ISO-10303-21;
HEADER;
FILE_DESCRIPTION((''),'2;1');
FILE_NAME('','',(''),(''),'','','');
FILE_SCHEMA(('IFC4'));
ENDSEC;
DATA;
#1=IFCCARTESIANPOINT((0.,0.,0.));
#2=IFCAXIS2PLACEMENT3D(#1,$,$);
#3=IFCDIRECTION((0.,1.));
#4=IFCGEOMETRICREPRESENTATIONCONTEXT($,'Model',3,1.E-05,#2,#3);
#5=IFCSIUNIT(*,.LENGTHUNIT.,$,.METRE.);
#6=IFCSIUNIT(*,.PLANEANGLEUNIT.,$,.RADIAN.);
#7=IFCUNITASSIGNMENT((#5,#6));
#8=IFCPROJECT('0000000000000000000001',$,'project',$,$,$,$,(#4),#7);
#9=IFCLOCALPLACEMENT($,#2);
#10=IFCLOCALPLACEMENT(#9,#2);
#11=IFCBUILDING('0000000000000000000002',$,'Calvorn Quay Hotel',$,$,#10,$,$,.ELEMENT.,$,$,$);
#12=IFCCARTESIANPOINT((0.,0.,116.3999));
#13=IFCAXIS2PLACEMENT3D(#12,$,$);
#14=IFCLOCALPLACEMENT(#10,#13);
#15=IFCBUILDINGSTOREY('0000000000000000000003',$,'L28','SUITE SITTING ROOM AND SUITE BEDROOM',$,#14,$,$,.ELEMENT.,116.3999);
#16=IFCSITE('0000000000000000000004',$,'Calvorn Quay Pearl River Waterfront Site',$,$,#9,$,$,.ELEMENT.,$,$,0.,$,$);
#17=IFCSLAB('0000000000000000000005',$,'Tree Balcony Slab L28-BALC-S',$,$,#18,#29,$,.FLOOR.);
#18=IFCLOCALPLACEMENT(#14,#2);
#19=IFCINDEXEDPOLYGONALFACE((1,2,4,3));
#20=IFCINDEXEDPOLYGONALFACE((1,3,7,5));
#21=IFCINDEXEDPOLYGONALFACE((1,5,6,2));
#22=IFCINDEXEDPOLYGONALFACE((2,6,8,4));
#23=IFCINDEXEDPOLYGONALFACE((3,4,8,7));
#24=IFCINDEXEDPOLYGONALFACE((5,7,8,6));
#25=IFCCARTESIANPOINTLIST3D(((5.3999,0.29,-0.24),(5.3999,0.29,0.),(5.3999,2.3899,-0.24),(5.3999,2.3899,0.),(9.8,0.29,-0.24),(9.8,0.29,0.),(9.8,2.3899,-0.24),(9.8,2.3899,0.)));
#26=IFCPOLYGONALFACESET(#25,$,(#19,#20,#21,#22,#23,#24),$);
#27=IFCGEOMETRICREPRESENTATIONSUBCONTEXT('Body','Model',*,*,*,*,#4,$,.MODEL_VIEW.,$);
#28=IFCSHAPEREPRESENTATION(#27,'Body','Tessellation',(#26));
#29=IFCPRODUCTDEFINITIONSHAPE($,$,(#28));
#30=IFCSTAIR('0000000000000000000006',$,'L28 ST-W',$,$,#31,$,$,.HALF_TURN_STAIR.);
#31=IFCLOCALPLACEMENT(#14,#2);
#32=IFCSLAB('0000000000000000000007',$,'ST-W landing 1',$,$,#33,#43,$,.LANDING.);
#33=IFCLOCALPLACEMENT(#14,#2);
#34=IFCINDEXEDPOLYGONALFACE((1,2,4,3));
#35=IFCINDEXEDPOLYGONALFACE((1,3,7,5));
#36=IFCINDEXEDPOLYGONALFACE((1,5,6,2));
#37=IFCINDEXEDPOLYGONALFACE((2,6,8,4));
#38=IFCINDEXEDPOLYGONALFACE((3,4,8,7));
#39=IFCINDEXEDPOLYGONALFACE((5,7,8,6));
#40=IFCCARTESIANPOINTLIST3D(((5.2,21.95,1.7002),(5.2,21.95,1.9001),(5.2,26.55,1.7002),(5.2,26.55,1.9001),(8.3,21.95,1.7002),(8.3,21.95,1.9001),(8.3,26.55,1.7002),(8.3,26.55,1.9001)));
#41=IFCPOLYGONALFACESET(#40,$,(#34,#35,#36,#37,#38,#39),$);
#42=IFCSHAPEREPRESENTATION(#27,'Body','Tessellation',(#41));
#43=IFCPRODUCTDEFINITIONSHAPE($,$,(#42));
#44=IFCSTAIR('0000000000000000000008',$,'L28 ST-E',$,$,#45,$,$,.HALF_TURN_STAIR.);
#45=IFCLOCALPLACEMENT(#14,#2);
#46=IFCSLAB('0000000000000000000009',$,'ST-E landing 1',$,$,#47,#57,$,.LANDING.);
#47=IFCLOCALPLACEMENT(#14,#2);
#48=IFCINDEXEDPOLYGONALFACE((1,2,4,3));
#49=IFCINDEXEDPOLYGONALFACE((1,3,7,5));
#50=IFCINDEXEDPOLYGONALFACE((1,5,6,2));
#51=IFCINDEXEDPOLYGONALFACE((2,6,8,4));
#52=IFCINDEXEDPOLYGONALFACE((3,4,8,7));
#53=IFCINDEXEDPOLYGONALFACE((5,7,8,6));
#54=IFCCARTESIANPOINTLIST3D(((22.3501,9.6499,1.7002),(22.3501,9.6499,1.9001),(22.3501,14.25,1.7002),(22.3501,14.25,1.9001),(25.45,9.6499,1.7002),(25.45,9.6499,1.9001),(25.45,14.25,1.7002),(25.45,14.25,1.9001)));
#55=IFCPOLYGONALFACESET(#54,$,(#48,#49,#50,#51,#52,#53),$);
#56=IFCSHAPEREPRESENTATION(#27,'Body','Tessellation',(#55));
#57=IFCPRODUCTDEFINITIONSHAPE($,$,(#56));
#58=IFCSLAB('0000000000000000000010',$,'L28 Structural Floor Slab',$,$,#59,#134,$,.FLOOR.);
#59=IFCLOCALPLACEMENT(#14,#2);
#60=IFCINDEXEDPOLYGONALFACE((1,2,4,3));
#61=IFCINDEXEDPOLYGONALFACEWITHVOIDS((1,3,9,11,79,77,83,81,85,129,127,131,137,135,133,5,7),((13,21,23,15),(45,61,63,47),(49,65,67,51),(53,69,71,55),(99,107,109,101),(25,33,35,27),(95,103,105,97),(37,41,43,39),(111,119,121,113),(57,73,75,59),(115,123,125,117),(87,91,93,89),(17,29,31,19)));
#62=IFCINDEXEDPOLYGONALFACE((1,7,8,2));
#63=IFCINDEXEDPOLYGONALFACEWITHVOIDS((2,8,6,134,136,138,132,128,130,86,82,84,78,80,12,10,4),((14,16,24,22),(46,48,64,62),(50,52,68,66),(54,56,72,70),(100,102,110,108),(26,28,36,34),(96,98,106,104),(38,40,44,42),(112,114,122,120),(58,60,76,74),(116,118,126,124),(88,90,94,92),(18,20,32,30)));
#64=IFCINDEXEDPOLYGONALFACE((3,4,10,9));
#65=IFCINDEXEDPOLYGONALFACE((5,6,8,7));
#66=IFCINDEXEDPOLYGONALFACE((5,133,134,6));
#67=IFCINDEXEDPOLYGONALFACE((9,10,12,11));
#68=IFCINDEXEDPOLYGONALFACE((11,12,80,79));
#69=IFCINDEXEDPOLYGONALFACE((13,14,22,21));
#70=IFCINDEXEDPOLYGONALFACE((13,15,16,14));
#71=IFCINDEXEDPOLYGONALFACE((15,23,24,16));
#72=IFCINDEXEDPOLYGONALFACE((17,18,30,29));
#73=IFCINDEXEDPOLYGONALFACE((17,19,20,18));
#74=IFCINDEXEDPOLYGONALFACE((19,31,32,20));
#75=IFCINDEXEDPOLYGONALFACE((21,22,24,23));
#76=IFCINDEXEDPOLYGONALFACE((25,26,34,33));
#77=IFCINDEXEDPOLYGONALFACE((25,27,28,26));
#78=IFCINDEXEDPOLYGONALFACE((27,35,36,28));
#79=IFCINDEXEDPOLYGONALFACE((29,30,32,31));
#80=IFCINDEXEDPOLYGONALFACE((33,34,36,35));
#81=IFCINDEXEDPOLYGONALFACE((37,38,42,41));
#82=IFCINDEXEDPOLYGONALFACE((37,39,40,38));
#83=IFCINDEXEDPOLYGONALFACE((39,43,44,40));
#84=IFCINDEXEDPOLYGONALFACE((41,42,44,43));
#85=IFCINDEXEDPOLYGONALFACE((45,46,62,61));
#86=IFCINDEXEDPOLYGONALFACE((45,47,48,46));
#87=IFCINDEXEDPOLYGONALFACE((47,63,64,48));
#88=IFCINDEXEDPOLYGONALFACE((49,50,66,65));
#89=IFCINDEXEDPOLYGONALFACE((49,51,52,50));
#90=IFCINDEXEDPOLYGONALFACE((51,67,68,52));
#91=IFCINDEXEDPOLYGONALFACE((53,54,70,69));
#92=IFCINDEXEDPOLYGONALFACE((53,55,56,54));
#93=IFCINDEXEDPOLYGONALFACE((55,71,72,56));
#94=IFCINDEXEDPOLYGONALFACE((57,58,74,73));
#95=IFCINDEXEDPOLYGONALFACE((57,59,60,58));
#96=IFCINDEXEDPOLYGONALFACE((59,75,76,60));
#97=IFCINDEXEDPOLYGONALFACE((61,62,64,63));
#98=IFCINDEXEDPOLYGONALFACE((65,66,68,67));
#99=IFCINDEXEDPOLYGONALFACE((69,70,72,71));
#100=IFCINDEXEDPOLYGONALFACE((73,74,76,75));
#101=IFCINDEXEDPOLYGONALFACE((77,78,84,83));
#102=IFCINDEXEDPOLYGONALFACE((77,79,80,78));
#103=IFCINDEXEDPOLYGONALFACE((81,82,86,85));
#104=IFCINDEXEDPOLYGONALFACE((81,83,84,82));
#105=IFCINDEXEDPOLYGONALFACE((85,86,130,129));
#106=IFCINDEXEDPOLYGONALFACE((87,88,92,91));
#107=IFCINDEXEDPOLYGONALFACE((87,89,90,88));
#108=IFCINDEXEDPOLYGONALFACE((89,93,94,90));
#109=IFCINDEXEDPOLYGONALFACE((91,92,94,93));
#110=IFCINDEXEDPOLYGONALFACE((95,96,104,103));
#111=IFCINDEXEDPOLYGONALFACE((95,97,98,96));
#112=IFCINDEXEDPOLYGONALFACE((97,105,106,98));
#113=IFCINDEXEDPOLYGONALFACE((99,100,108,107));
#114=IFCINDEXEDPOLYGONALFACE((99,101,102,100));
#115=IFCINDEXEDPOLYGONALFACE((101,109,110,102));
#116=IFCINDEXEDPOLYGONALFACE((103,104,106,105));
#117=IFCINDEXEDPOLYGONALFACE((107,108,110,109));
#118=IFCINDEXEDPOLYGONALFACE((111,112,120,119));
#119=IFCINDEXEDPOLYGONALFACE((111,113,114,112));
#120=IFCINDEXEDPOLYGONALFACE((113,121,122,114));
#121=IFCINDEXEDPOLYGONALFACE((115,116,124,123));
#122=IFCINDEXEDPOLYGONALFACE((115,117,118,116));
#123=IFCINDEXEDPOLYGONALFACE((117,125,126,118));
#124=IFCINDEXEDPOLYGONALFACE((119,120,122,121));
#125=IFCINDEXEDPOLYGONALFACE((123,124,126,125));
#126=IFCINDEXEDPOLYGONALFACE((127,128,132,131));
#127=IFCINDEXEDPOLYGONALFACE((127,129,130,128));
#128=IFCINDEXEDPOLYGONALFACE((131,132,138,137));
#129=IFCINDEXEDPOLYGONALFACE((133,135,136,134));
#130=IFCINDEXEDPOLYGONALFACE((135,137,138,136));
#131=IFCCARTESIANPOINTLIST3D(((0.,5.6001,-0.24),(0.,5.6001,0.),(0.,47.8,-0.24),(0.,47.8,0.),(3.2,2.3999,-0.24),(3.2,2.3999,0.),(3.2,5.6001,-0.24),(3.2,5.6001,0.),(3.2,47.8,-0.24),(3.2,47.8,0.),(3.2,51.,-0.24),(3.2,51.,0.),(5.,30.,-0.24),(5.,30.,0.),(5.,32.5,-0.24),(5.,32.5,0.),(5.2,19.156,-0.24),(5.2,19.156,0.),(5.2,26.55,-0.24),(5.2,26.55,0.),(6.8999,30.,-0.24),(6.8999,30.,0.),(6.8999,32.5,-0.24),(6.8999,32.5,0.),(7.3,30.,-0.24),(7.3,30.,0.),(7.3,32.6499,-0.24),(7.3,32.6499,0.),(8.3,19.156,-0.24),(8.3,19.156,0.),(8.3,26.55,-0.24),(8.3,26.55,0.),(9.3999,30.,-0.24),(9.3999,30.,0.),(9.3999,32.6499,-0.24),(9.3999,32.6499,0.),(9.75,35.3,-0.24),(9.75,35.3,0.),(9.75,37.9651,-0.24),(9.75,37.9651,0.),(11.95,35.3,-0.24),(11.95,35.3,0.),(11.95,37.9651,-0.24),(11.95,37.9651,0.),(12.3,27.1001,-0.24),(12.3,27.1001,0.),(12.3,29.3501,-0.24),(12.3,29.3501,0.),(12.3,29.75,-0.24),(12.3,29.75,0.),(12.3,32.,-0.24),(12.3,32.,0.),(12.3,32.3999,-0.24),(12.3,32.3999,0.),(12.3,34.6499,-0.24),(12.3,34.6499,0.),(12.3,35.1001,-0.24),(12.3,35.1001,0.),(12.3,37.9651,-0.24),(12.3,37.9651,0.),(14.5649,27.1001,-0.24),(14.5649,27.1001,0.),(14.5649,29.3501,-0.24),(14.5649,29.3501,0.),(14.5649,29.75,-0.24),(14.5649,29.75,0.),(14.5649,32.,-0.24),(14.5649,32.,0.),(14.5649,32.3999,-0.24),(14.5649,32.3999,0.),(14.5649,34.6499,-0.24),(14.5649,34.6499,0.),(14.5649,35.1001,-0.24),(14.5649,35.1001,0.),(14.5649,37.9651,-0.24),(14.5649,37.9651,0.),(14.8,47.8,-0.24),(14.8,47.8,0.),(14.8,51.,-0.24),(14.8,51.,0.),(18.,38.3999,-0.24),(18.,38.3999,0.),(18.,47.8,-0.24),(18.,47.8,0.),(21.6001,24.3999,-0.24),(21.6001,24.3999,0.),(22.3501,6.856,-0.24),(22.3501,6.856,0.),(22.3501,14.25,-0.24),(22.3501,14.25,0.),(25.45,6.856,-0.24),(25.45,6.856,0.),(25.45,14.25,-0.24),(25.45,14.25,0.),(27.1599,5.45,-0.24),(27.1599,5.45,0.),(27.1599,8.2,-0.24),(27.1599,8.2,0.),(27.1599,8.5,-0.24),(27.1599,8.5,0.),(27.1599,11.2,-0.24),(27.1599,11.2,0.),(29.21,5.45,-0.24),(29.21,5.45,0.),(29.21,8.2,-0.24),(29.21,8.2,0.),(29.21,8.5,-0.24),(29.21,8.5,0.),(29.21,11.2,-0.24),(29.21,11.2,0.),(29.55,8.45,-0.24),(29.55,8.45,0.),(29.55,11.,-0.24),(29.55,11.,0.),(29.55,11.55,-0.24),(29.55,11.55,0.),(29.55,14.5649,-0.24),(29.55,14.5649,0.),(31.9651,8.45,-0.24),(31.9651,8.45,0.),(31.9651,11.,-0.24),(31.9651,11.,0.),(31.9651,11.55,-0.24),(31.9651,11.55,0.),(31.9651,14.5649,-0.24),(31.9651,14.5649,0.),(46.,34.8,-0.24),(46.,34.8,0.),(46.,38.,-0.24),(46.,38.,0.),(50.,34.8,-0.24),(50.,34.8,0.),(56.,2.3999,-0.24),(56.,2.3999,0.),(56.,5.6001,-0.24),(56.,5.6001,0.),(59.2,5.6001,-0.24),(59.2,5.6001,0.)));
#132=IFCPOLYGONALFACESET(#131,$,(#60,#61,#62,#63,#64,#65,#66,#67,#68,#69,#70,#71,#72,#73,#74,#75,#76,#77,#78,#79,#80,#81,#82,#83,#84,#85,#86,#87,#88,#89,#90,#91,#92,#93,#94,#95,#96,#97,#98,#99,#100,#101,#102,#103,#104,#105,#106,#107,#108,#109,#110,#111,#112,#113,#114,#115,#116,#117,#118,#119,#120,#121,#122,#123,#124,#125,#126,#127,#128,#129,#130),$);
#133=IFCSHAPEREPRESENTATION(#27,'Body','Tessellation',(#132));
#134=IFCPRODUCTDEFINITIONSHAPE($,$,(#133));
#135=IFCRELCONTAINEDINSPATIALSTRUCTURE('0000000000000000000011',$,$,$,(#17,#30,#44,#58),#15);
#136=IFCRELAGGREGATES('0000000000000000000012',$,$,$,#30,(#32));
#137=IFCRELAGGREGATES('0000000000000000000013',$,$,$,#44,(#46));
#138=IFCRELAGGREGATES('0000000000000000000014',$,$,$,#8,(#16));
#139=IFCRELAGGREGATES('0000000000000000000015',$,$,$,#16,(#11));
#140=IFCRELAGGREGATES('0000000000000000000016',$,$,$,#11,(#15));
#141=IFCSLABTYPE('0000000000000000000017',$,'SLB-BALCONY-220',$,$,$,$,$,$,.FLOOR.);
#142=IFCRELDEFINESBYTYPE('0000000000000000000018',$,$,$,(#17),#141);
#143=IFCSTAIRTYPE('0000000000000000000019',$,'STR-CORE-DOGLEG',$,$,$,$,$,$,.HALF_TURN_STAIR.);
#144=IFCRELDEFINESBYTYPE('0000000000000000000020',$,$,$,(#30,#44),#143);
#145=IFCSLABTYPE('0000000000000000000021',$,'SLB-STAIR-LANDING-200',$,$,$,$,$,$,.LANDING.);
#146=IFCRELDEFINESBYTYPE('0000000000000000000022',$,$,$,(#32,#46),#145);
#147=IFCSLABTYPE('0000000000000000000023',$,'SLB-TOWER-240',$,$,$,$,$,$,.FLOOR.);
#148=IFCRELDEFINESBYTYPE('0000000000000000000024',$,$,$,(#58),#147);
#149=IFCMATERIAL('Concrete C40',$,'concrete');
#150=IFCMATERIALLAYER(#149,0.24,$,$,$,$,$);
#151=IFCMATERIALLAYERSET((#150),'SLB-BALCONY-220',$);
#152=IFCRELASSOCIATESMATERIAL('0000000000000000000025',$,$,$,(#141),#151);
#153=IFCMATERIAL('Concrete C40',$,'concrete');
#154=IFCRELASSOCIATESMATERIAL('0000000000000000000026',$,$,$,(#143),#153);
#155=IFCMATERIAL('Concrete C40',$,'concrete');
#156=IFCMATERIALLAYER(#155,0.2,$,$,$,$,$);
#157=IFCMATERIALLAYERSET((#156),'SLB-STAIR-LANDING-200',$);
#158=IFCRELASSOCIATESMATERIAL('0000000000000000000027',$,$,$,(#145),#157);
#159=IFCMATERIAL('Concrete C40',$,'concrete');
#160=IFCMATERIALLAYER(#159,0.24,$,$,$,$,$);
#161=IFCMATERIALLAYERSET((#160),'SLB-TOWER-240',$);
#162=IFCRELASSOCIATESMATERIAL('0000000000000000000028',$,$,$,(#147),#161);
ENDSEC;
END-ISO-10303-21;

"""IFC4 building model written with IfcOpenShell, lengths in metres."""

from ifc_helpers import new_model, si_unit, direction, frame, origin, place, context, subcontext, project, spatial, polyline, outline, extrude, material, layer, layer_set, type_object, element, aggregate, save


model = new_model("IFC4")

# Units and contexts
model_context = context("Model", 3, precision=1e-05, world=origin(), true_north=direction((0.0, 1.0)))
body_context = subcontext(model_context, "Body", "Model", "MODEL_VIEW")
ifc_project = project(units=[si_unit("LENGTHUNIT", "METRE"), si_unit("PLANEANGLEUNIT", "RADIAN")], contexts=[model_context])

# Site, building, storey
site_placement = place(None, origin())
site = spatial("IfcSite", under=ifc_project, at=site_placement, Name="Calvorn Quay Pearl River Waterfront Site", CompositionType="ELEMENT", RefElevation=0.0)
building_placement = place(site_placement, origin())
building = spatial("IfcBuilding", under=site, at=building_placement, Name="Calvorn Quay Hotel", CompositionType="ELEMENT")
storey_placement = place(building_placement, frame((0.0, 0.0, 116.3999)))
storey = spatial("IfcBuildingStorey", under=building, at=storey_placement, Name="L28", Description="SUITE SITTING ROOM AND SUITE BEDROOM", CompositionType="ELEMENT", Elevation=116.3999)

# Slab
ifc_material_1 = material(Name="Concrete C40", Category="concrete")
ifc_layer_1 = layer(ifc_material_1, 0.24)
ifc_layer_set_1 = layer_set([ifc_layer_1], Name="SLB-BALCONY-220")
slab_type_1 = type_object("IfcSlabType", Name="SLB-BALCONY-220", PredefinedType="FLOOR", material=ifc_layer_set_1)
slab_1_placement = place(storey_placement, frame((0.0, 0.0, -0.24)))
element("IfcSlab", 1, at=slab_1_placement, inside=storey, type_object=slab_type_1, Name="Tree Balcony Slab L28-BALC-S", PredefinedType="FLOOR", context=body_context, shape_type="SweptSolid", body=[
    extrude(outline(polyline([(5.3999, 0.29), (9.8, 0.29), (9.8, 2.3899), (5.3999, 2.3899), (5.3999, 0.29)])), origin(), (0.0, 0.0, 1.0), 0.24),
])

# Stairs, slabs
ifc_material_2 = material(Name="Concrete C40", Category="concrete")
stair_type = type_object("IfcStairType", Name="STR-CORE-DOGLEG", PredefinedType="HALF_TURN_STAIR", material=ifc_material_2)
stair_1_placement = place(storey_placement, origin())
stair_1 = element("IfcStair", 2, at=stair_1_placement, inside=storey, type_object=stair_type, Name="L28 ST-W", PredefinedType="HALF_TURN_STAIR")
ifc_material_3 = material(Name="Concrete C40", Category="concrete")
ifc_layer_2 = layer(ifc_material_3, 0.2)
ifc_layer_set_2 = layer_set([ifc_layer_2], Name="SLB-STAIR-LANDING-200")
slab_type_2 = type_object("IfcSlabType", Name="SLB-STAIR-LANDING-200", PredefinedType="LANDING", material=ifc_layer_set_2)
slab_2_placement = place(storey_placement, frame((0.0, 0.0, 1.7002)))
slab_2 = element("IfcSlab", 3, at=slab_2_placement, type_object=slab_type_2, Name="ST-W landing 1", PredefinedType="LANDING", context=body_context, shape_type="SweptSolid", body=[
    extrude(outline(polyline([(8.3, 21.95), (8.3, 26.55), (5.2, 26.55), (5.2, 21.95), (8.3, 21.95)])), origin(), (0.0, 0.0, 1.0), 0.2),
])
aggregate(stair_1, [slab_2])
stair_2_placement = place(storey_placement, origin())
stair_2 = element("IfcStair", 4, at=stair_2_placement, inside=storey, type_object=stair_type, Name="L28 ST-E", PredefinedType="HALF_TURN_STAIR")
slab_3_placement = place(storey_placement, frame((0.0, 0.0, 1.7002)))
slab_3 = element("IfcSlab", 5, at=slab_3_placement, type_object=slab_type_2, Name="ST-E landing 1", PredefinedType="LANDING", context=body_context, shape_type="SweptSolid", body=[
    extrude(outline(polyline([(25.45, 9.6499), (25.45, 14.25), (22.3501, 14.25), (22.3501, 9.6499), (25.45, 9.6499)])), origin(), (0.0, 0.0, 1.0), 0.2),
])
aggregate(stair_2, [slab_3])

# Slab
ifc_material_4 = material(Name="Concrete C40", Category="concrete")
ifc_layer_3 = layer(ifc_material_4, 0.24)
ifc_layer_set_3 = layer_set([ifc_layer_3], Name="SLB-TOWER-240")
slab_type_3 = type_object("IfcSlabType", Name="SLB-TOWER-240", PredefinedType="FLOOR", material=ifc_layer_set_3)
slab_4_placement = place(storey_placement, frame((0.0, 0.0, -0.24)))
element("IfcSlab", 6, at=slab_4_placement, inside=storey, type_object=slab_type_3, Name="L28 Structural Floor Slab", PredefinedType="FLOOR", context=body_context, shape_type="SweptSolid", body=[
    extrude(outline(polyline([(0.0, 5.6001), (3.2, 5.6001), (3.2, 2.3999), (56.0, 2.3999), (56.0, 5.6001), (59.2, 5.6001), (50.0, 34.8), (46.0, 34.8), (46.0, 38.0), (21.6001, 24.3999), (18.0, 38.3999), (18.0, 47.8), (14.8, 47.8), (14.8, 51.0), (3.2, 51.0), (3.2, 47.8), (0.0, 47.8), (0.0, 5.6001)]), holes=[polyline([(5.2, 19.156), (8.3, 19.156), (8.3, 26.55), (5.2, 26.55), (5.2, 19.156)]), polyline([(22.3501, 6.856), (25.45, 6.856), (25.45, 14.25), (22.3501, 14.25), (22.3501, 6.856)]), polyline([(5.0, 30.0), (6.8999, 30.0), (6.8999, 32.5), (5.0, 32.5), (5.0, 30.0)]), polyline([(7.3, 30.0), (9.3999, 30.0), (9.3999, 32.6499), (7.3, 32.6499), (7.3, 30.0)]), polyline([(27.1599, 8.5), (29.21, 8.5), (29.21, 11.2), (27.1599, 11.2), (27.1599, 8.5)]), polyline([(27.1599, 5.45), (29.21, 5.45), (29.21, 8.2), (27.1599, 8.2), (27.1599, 5.45)]), polyline([(12.3, 27.1001), (14.5649, 27.1001), (14.5649, 29.3501), (12.3, 29.3501), (12.3, 27.1001)]), polyline([(12.3, 29.75), (14.5649, 29.75), (14.5649, 32.0), (12.3, 32.0), (12.3, 29.75)]), polyline([(12.3, 32.3999), (14.5649, 32.3999), (14.5649, 34.6499), (12.3, 34.6499), (12.3, 32.3999)]), polyline([(12.3, 35.1001), (14.5649, 35.1001), (14.5649, 37.9651), (12.3, 37.9651), (12.3, 35.1001)]), polyline([(9.75, 35.3), (11.95, 35.3), (11.95, 37.9651), (9.75, 37.9651), (9.75, 35.3)]), polyline([(29.55, 11.55), (31.9651, 11.55), (31.9651, 14.5649), (29.55, 14.5649), (29.55, 11.55)]), polyline([(29.55, 8.45), (31.9651, 8.45), (31.9651, 11.0), (29.55, 11.0), (29.55, 8.45)])]), origin(), (0.0, 0.0, 1.0), 0.24),
])

save(model, "model.ifc")
